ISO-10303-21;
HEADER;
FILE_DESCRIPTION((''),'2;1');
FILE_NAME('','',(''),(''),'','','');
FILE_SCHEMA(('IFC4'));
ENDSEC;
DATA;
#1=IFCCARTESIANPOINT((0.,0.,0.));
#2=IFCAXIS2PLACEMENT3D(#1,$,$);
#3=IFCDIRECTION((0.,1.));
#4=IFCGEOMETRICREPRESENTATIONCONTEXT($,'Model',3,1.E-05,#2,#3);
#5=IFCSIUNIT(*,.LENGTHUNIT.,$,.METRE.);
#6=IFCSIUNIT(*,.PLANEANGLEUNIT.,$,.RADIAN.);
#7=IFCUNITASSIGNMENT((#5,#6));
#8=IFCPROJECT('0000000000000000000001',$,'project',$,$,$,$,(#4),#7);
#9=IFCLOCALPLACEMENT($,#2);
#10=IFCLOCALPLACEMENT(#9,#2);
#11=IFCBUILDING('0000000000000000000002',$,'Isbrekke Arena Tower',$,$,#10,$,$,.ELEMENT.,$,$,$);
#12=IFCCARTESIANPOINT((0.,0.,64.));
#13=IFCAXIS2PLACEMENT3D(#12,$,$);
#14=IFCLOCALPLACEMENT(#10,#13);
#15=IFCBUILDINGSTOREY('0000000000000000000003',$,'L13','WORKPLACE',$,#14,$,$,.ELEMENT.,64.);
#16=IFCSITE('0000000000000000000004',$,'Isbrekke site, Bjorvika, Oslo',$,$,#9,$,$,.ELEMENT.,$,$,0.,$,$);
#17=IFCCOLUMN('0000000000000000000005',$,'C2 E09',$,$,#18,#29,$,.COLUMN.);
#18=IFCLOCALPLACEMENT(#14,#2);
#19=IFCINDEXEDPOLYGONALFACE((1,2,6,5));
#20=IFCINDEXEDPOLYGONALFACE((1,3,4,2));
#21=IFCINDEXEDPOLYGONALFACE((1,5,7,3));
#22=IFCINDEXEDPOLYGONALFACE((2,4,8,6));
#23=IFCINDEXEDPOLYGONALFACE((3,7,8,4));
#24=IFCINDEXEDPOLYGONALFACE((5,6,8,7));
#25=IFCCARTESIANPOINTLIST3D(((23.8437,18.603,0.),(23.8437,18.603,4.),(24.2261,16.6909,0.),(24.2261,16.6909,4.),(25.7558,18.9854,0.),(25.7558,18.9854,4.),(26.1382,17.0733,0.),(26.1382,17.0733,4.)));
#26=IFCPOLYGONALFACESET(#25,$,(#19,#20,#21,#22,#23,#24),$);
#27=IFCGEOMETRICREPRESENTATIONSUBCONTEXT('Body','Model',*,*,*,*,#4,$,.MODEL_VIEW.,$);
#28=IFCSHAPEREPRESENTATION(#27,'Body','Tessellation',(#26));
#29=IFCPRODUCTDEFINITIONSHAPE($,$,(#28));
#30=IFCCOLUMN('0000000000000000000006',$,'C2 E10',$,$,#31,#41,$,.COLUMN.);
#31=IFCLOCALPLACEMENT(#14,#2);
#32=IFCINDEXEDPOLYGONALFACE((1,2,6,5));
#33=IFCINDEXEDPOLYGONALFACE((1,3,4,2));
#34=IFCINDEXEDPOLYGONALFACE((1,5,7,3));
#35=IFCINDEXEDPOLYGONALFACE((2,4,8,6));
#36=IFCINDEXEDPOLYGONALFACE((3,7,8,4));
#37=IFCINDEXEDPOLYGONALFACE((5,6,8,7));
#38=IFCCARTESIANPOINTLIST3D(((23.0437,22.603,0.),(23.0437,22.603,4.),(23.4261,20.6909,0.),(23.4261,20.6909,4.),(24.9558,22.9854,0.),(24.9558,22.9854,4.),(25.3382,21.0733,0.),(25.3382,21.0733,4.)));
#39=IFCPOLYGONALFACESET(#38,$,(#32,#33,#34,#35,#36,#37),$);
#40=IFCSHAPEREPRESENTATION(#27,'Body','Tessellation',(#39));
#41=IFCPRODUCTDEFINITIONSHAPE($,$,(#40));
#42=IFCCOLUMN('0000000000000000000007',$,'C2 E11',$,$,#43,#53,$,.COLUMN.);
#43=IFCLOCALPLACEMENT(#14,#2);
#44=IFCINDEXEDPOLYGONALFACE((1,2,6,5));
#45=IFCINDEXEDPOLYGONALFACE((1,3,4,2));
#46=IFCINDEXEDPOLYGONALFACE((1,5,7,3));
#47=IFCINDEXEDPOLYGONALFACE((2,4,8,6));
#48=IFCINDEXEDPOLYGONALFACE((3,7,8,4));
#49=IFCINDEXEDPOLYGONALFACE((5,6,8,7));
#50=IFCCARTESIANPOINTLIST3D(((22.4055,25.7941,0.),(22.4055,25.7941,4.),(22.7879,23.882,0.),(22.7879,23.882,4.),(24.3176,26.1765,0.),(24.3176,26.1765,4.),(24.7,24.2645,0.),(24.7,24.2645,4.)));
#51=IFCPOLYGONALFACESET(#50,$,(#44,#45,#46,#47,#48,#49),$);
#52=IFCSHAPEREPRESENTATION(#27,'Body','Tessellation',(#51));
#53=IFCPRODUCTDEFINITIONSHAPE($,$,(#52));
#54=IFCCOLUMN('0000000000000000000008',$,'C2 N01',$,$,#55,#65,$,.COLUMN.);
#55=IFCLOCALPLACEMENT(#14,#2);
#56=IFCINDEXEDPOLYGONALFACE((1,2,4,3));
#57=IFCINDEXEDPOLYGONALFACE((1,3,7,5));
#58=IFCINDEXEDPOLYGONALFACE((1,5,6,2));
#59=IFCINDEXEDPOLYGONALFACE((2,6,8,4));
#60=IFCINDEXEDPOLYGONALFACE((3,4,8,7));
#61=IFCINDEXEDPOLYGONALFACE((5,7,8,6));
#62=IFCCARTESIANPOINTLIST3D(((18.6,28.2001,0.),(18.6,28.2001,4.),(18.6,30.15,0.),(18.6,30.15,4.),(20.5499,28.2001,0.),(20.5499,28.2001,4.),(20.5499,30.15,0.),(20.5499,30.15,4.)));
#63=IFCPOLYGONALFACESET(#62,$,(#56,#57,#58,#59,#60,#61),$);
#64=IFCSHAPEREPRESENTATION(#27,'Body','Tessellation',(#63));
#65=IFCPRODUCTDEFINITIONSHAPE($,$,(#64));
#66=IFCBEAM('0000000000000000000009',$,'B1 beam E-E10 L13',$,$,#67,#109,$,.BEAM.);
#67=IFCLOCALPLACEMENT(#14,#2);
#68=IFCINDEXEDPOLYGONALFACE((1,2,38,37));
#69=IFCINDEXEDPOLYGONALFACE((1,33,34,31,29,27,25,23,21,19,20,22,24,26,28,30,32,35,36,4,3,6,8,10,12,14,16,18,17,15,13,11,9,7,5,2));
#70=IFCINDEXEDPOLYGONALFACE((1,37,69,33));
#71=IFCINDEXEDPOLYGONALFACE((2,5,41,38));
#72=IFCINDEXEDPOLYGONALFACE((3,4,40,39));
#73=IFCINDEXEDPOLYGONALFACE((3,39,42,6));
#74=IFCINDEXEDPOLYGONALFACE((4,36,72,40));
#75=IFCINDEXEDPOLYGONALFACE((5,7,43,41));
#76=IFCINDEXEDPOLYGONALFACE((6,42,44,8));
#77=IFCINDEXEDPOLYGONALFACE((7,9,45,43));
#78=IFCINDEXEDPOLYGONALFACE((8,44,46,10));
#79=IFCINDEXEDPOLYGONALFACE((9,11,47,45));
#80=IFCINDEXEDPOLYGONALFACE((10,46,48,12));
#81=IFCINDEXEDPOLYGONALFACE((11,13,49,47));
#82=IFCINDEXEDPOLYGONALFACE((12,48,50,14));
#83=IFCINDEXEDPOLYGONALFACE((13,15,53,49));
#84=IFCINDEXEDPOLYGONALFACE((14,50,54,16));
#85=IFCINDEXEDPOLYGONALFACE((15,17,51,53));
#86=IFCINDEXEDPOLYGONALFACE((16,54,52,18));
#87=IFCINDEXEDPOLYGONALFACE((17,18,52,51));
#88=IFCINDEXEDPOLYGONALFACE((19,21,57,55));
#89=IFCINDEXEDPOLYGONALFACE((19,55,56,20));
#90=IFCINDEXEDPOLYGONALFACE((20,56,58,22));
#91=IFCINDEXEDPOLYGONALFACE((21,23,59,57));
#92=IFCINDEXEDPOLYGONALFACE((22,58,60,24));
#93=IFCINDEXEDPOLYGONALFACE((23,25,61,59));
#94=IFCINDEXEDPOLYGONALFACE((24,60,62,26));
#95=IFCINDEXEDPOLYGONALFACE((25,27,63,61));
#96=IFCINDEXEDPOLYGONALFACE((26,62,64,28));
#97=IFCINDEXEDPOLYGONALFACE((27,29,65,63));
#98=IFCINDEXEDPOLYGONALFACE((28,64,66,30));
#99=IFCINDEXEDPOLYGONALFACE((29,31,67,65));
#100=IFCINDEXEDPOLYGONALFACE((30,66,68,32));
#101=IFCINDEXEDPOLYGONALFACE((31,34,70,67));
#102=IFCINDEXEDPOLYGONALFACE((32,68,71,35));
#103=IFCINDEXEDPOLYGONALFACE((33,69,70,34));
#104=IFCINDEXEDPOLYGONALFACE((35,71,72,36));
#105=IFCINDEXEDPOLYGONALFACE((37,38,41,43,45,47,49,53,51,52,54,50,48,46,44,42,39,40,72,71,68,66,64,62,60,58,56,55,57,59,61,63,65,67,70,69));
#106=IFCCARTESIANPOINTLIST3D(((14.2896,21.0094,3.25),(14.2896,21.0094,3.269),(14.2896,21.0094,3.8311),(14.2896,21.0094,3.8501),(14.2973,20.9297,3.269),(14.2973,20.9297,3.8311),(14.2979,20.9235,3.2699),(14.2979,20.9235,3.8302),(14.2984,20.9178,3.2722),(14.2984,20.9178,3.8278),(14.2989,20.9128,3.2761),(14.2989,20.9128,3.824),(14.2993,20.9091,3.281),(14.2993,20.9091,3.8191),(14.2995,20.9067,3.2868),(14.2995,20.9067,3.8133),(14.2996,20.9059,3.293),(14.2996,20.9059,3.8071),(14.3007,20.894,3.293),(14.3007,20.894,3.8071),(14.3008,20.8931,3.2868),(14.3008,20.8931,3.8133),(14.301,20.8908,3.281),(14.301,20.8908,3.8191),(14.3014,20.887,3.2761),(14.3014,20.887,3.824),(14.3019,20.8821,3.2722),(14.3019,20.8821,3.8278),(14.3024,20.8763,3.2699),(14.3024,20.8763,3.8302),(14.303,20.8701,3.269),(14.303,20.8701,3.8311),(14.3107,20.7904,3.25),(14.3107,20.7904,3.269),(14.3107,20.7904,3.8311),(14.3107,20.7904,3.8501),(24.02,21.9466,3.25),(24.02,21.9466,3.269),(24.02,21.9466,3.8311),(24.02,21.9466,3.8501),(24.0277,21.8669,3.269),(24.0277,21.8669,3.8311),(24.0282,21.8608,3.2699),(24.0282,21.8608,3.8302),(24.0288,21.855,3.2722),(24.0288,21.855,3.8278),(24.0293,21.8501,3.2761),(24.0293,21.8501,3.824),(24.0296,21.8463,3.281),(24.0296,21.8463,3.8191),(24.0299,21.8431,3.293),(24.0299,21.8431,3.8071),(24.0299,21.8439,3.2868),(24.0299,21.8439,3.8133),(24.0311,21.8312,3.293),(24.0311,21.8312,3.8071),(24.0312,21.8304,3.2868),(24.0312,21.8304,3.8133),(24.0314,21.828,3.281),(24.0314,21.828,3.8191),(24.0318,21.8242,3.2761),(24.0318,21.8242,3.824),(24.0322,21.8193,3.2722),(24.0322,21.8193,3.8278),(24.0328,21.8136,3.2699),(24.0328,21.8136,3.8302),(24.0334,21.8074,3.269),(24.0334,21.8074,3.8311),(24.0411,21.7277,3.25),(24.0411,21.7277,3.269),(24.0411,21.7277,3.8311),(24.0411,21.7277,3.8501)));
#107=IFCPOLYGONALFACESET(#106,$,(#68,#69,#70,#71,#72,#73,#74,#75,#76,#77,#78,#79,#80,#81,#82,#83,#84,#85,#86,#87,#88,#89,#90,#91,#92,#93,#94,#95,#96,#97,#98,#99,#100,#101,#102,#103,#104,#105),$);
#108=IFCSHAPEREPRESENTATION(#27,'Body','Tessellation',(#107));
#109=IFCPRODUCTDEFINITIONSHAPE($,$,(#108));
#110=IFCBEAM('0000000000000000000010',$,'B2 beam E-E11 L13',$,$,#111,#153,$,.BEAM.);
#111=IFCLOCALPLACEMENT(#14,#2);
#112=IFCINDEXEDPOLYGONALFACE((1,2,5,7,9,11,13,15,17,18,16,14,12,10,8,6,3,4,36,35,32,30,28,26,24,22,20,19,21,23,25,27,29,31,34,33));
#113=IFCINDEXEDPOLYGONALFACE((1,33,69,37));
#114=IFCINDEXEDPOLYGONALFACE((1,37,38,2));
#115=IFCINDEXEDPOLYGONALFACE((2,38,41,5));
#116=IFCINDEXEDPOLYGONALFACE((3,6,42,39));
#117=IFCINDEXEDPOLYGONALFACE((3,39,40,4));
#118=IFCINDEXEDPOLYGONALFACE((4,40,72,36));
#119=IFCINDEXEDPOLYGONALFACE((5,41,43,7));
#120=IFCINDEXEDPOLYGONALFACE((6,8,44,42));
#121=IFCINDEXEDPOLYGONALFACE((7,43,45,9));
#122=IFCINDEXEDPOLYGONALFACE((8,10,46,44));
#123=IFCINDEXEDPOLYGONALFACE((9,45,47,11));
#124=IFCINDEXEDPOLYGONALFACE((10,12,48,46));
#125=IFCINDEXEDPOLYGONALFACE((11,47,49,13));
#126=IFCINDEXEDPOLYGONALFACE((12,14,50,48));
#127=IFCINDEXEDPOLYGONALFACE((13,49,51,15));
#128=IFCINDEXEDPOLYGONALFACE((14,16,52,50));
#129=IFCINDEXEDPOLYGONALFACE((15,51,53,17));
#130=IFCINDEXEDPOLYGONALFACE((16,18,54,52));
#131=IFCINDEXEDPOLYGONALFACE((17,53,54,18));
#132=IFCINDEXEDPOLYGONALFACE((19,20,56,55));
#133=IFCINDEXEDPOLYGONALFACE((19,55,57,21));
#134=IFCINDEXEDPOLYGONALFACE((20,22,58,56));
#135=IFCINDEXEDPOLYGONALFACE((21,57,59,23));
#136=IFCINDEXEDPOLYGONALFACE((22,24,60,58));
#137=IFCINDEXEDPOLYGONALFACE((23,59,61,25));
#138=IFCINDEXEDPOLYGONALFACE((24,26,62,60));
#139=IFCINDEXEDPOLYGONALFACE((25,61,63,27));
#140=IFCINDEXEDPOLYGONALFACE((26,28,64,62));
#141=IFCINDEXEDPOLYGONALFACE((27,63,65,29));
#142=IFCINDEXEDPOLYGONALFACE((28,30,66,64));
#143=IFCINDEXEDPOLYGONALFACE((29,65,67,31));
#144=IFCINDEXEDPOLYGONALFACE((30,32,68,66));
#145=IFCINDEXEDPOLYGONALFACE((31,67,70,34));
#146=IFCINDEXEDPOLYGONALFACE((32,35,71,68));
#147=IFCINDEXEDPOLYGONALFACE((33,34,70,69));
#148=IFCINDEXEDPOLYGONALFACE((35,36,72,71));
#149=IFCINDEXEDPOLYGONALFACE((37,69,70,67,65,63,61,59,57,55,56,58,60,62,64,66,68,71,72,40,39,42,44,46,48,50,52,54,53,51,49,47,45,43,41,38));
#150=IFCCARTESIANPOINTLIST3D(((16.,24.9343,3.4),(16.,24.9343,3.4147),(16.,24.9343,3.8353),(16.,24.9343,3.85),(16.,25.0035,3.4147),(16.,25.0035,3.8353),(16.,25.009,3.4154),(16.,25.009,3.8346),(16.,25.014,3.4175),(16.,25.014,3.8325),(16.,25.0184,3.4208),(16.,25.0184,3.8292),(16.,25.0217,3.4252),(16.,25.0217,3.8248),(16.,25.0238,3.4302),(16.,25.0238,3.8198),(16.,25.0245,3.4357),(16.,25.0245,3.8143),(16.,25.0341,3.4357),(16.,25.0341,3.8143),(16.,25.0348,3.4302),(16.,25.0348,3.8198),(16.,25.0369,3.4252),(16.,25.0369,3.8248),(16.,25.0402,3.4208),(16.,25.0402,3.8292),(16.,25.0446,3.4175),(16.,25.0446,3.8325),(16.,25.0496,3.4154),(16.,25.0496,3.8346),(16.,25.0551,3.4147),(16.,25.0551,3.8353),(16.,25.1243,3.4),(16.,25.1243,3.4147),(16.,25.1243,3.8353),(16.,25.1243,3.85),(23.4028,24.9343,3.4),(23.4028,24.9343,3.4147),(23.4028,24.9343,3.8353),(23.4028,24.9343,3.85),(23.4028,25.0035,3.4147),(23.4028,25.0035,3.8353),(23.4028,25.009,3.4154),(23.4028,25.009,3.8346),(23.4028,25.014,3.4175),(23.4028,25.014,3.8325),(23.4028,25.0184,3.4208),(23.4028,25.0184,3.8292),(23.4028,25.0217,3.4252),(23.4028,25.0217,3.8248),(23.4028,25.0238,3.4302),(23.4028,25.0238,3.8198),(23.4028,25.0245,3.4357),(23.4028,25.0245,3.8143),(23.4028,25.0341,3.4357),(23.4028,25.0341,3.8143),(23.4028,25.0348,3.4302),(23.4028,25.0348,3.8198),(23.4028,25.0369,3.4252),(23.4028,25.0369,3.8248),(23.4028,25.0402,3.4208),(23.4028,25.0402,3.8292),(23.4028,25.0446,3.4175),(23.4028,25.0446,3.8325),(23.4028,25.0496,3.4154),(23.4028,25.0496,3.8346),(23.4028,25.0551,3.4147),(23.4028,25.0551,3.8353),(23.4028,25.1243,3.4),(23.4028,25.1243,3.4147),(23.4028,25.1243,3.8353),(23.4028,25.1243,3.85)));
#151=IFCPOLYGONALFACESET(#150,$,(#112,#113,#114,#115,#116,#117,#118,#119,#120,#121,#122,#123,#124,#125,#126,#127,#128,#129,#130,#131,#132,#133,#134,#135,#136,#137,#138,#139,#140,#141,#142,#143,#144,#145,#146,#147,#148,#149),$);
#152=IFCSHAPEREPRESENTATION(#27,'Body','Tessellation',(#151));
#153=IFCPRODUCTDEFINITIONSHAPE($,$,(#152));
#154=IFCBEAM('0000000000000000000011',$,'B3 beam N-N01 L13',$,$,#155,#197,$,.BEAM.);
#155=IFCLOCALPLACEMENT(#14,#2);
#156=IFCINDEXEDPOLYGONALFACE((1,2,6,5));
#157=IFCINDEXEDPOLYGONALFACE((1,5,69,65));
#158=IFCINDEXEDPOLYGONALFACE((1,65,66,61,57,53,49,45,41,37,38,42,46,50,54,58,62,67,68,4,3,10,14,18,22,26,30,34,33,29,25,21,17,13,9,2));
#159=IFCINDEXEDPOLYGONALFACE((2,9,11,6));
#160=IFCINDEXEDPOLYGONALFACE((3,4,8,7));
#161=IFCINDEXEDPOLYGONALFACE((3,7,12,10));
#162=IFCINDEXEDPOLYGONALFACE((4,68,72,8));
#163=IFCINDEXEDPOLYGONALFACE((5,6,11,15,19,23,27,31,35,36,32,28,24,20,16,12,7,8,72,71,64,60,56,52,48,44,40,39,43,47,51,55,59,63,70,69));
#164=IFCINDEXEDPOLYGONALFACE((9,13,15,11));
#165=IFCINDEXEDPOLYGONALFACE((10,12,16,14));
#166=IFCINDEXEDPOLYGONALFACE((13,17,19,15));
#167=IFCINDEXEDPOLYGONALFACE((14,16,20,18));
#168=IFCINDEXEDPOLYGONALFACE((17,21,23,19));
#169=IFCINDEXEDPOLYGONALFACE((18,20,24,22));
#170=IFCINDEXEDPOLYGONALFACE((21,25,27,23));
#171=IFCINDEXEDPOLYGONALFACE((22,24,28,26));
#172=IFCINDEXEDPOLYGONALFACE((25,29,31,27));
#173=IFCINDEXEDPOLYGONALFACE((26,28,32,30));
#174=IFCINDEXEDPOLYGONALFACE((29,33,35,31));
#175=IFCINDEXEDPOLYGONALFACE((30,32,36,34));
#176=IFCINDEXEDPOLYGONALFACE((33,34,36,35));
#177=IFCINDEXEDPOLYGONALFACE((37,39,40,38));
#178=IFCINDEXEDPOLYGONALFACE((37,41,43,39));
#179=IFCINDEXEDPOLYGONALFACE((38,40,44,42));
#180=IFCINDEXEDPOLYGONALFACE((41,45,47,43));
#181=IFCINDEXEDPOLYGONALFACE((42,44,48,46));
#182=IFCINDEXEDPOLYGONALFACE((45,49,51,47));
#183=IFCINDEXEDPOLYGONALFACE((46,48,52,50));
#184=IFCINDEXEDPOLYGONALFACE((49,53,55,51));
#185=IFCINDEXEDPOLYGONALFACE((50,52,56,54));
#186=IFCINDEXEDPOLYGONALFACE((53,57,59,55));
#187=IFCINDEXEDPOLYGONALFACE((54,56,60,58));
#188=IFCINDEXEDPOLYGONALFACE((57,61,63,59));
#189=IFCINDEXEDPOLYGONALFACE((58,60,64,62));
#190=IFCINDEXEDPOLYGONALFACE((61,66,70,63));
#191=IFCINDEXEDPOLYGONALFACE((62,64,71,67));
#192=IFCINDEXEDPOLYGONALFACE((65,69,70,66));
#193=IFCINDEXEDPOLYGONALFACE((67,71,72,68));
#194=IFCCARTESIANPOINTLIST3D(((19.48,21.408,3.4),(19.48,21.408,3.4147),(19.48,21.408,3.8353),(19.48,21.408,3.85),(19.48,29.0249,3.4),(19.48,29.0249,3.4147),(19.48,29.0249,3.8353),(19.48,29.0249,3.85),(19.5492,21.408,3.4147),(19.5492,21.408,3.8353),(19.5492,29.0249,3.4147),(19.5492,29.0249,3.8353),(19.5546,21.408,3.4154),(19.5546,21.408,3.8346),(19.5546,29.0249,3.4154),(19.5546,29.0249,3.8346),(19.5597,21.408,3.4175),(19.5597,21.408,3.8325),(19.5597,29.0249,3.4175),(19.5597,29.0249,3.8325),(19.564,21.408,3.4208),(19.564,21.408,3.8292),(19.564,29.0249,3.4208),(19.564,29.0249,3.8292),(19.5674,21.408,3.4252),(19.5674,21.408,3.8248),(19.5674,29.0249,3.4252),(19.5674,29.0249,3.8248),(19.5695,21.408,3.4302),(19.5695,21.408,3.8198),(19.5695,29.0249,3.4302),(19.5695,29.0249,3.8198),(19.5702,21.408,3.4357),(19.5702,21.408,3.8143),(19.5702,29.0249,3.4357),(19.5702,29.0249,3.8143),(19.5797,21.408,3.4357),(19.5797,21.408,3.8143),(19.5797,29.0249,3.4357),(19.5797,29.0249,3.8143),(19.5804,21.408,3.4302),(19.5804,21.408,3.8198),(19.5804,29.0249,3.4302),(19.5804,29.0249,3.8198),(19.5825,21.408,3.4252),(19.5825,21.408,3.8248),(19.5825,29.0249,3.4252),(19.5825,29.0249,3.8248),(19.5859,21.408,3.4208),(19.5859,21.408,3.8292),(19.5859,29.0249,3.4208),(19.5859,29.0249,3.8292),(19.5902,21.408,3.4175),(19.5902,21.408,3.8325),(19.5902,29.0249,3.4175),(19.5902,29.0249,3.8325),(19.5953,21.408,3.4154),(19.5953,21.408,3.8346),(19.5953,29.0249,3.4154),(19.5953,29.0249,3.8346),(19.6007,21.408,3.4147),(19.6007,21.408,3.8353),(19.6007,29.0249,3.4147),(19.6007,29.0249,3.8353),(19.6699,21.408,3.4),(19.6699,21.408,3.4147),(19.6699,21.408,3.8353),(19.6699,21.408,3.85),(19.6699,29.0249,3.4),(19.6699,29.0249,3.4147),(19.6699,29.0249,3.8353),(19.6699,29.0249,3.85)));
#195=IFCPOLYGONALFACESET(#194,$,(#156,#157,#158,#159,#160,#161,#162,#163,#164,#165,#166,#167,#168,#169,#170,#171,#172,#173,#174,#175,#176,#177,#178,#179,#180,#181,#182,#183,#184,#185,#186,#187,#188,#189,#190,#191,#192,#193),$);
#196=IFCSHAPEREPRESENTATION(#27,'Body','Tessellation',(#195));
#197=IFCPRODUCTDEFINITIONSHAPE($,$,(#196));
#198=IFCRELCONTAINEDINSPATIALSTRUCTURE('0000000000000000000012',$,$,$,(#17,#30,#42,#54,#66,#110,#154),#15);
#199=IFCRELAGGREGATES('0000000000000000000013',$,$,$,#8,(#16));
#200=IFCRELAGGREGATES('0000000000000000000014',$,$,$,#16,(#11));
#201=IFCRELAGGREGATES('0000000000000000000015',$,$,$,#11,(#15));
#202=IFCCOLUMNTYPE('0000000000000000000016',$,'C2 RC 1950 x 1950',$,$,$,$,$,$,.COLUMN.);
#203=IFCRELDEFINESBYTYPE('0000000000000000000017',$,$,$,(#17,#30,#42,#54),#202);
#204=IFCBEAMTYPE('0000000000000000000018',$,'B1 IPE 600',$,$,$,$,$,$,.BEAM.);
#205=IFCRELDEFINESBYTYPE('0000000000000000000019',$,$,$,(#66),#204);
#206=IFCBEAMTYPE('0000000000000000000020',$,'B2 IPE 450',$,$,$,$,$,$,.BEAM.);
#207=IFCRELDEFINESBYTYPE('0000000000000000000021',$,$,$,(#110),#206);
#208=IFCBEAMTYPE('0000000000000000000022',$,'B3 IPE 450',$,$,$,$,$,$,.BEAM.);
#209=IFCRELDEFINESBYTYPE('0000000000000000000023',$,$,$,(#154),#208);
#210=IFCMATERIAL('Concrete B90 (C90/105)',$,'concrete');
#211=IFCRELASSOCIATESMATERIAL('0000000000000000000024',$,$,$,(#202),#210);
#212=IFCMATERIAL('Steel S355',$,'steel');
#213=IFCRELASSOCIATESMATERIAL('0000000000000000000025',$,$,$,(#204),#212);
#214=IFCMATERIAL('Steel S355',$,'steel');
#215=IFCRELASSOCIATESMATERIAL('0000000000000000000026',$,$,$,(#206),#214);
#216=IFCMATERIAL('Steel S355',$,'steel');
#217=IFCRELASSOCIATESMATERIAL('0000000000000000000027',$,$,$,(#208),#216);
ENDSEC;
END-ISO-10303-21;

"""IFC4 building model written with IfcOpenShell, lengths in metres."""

from ifc_helpers import new_model, si_unit, direction, frame, origin, origin_2d, place, context, subcontext, project, spatial, rectangle, i_section, extrude, material, material_profile, profile_set, type_object, element, save


model = new_model("IFC4")

# Units and contexts
model_context = context("Model", 3, precision=1e-05, world=origin(), true_north=direction((0.0, 1.0)))
body_context = subcontext(model_context, "Body", "Model", "MODEL_VIEW")
ifc_project = project(units=[si_unit("LENGTHUNIT", "METRE"), si_unit("PLANEANGLEUNIT", "RADIAN")], contexts=[model_context])

# Site, building, storey
site_placement = place(None, origin())
site = spatial("IfcSite", under=ifc_project, at=site_placement, Name="Isbrekke site, Bjorvika, Oslo", CompositionType="ELEMENT", RefElevation=0.0)
building_placement = place(site_placement, origin())
building = spatial("IfcBuilding", under=site, at=building_placement, Name="Isbrekke Arena Tower", CompositionType="ELEMENT")
storey_placement = place(building_placement, frame((0.0, 0.0, 64.0)))
storey = spatial("IfcBuildingStorey", under=building, at=storey_placement, Name="L13", Description="WORKPLACE", CompositionType="ELEMENT", Elevation=64.0)

# Columns
ifc_material_1 = material(Name="Concrete B90 (C90/105)", Category="concrete")
ifc_material_profile_1 = material_profile(ifc_material_1, rectangle(XDim=1.95, YDim=1.95, at=origin_2d()), Name="RC 1950x1950")
ifc_profile_set_1 = profile_set([ifc_material_profile_1], Name="Concrete B90 (C90/105)")
column_type = type_object("IfcColumnType", Name="C2 RC 1950 x 1950", PredefinedType="COLUMN", material=ifc_profile_set_1)
for number, where, z_axis, x_axis, name in (
    (1, (24.991, 17.8381, 0.0), (0.0, 0.0, 1.0), (-0.196116, 0.980581, 0.0), "C2 E09"),
    (2, (24.1909, 21.8381, 0.0), (0.0, 0.0, 1.0), (-0.196116, 0.980581, 0.0), "C2 E10"),
    (3, (23.5527, 25.0293, 0.0), (0.0, 0.0, 1.0), (-0.196116, 0.980581, 0.0), "C2 E11"),
    (4, (19.575, 29.175, 0.0), (0.0, 0.0, 1.0), (-1.0, 0.0, 0.0), "C2 N01"),
):
    element("IfcColumn", number, at=place(storey_placement, frame(where, z_axis=z_axis, x_axis=x_axis)), inside=storey, type_object=column_type, Name=name, PredefinedType="COLUMN", context=body_context, shape_type="SweptSolid", body=[
        extrude(rectangle(XDim=1.95, YDim=1.95, at=origin_2d()), origin(), (0.0, 0.0, 1.0), 4.0),
    ])

# Beams
ifc_material_2 = material(Name="Steel S355", Category="steel")
ifc_material_profile_2 = material_profile(ifc_material_2, i_section(OverallWidth=0.22, OverallDepth=0.6001, WebThickness=0.012, FlangeThickness=0.019, FilletRadius=0.0239, at=origin_2d()), Name="IPE 600")
ifc_profile_set_2 = profile_set([ifc_material_profile_2], Name="Steel S355")
beam_type_1 = type_object("IfcBeamType", Name="B1 IPE 600", PredefinedType="BEAM", material=ifc_profile_set_2)
beam_1_placement = place(storey_placement, frame((24.0305, 21.8372, 3.55), z_axis=(-0.995393, -0.095878, 0.0), x_axis=(0.095878, -0.995393, 0.0)))
element("IfcBeam", 5, at=beam_1_placement, inside=storey, type_object=beam_type_1, Name="B1 beam E-E10 L13", PredefinedType="BEAM", context=body_context, shape_type="SweptSolid", body=[
    extrude(i_section(OverallWidth=0.22, OverallDepth=0.6001, WebThickness=0.012, FlangeThickness=0.019, FilletRadius=0.0239, at=origin_2d()), origin(), (0.0, 0.0, 1.0), 9.7754),
])
ifc_material_3 = material(Name="Steel S355", Category="steel")
ifc_material_profile_3 = material_profile(ifc_material_3, i_section(OverallWidth=0.1899, OverallDepth=0.45, WebThickness=0.0095, FlangeThickness=0.0146, FilletRadius=0.021, at=origin_2d()), Name="IPE 450")
ifc_profile_set_3 = profile_set([ifc_material_profile_3], Name="Steel S355")
beam_type_2 = type_object("IfcBeamType", Name="B2 IPE 450", PredefinedType="BEAM", material=ifc_profile_set_3)
beam_2_placement = place(storey_placement, frame((23.4028, 25.0293, 3.625), z_axis=(-1.0, 0.0, 0.0), x_axis=(0.0, -1.0, 0.0)))
element("IfcBeam", 6, at=beam_2_placement, inside=storey, type_object=beam_type_2, Name="B2 beam E-E11 L13", PredefinedType="BEAM", context=body_context, shape_type="SweptSolid", body=[
    extrude(i_section(OverallWidth=0.1899, OverallDepth=0.45, WebThickness=0.0095, FlangeThickness=0.0146, FilletRadius=0.021, at=origin_2d()), origin(), (0.0, 0.0, 1.0), 7.4028),
])
ifc_material_4 = material(Name="Steel S355", Category="steel")
ifc_material_profile_4 = material_profile(ifc_material_4, i_section(OverallWidth=0.1899, OverallDepth=0.45, WebThickness=0.0095, FlangeThickness=0.0146, FilletRadius=0.021, at=origin_2d()), Name="IPE 450")
ifc_profile_set_4 = profile_set([ifc_material_profile_4], Name="Steel S355")
beam_type_3 = type_object("IfcBeamType", Name="B3 IPE 450", PredefinedType="BEAM", material=ifc_profile_set_4)
beam_3_placement = place(storey_placement, frame((19.575, 29.0249, 3.625), z_axis=(0.0, -1.0, 0.0), x_axis=(1.0, 0.0, 0.0)))
element("IfcBeam", 7, at=beam_3_placement, inside=storey, type_object=beam_type_3, Name="B3 beam N-N01 L13", PredefinedType="BEAM", context=body_context, shape_type="SweptSolid", body=[
    extrude(i_section(OverallWidth=0.1899, OverallDepth=0.45, WebThickness=0.0095, FlangeThickness=0.0146, FilletRadius=0.021, at=origin_2d()), origin(), (0.0, 0.0, 1.0), 7.6169),
])

save(model, "model.ifc")
